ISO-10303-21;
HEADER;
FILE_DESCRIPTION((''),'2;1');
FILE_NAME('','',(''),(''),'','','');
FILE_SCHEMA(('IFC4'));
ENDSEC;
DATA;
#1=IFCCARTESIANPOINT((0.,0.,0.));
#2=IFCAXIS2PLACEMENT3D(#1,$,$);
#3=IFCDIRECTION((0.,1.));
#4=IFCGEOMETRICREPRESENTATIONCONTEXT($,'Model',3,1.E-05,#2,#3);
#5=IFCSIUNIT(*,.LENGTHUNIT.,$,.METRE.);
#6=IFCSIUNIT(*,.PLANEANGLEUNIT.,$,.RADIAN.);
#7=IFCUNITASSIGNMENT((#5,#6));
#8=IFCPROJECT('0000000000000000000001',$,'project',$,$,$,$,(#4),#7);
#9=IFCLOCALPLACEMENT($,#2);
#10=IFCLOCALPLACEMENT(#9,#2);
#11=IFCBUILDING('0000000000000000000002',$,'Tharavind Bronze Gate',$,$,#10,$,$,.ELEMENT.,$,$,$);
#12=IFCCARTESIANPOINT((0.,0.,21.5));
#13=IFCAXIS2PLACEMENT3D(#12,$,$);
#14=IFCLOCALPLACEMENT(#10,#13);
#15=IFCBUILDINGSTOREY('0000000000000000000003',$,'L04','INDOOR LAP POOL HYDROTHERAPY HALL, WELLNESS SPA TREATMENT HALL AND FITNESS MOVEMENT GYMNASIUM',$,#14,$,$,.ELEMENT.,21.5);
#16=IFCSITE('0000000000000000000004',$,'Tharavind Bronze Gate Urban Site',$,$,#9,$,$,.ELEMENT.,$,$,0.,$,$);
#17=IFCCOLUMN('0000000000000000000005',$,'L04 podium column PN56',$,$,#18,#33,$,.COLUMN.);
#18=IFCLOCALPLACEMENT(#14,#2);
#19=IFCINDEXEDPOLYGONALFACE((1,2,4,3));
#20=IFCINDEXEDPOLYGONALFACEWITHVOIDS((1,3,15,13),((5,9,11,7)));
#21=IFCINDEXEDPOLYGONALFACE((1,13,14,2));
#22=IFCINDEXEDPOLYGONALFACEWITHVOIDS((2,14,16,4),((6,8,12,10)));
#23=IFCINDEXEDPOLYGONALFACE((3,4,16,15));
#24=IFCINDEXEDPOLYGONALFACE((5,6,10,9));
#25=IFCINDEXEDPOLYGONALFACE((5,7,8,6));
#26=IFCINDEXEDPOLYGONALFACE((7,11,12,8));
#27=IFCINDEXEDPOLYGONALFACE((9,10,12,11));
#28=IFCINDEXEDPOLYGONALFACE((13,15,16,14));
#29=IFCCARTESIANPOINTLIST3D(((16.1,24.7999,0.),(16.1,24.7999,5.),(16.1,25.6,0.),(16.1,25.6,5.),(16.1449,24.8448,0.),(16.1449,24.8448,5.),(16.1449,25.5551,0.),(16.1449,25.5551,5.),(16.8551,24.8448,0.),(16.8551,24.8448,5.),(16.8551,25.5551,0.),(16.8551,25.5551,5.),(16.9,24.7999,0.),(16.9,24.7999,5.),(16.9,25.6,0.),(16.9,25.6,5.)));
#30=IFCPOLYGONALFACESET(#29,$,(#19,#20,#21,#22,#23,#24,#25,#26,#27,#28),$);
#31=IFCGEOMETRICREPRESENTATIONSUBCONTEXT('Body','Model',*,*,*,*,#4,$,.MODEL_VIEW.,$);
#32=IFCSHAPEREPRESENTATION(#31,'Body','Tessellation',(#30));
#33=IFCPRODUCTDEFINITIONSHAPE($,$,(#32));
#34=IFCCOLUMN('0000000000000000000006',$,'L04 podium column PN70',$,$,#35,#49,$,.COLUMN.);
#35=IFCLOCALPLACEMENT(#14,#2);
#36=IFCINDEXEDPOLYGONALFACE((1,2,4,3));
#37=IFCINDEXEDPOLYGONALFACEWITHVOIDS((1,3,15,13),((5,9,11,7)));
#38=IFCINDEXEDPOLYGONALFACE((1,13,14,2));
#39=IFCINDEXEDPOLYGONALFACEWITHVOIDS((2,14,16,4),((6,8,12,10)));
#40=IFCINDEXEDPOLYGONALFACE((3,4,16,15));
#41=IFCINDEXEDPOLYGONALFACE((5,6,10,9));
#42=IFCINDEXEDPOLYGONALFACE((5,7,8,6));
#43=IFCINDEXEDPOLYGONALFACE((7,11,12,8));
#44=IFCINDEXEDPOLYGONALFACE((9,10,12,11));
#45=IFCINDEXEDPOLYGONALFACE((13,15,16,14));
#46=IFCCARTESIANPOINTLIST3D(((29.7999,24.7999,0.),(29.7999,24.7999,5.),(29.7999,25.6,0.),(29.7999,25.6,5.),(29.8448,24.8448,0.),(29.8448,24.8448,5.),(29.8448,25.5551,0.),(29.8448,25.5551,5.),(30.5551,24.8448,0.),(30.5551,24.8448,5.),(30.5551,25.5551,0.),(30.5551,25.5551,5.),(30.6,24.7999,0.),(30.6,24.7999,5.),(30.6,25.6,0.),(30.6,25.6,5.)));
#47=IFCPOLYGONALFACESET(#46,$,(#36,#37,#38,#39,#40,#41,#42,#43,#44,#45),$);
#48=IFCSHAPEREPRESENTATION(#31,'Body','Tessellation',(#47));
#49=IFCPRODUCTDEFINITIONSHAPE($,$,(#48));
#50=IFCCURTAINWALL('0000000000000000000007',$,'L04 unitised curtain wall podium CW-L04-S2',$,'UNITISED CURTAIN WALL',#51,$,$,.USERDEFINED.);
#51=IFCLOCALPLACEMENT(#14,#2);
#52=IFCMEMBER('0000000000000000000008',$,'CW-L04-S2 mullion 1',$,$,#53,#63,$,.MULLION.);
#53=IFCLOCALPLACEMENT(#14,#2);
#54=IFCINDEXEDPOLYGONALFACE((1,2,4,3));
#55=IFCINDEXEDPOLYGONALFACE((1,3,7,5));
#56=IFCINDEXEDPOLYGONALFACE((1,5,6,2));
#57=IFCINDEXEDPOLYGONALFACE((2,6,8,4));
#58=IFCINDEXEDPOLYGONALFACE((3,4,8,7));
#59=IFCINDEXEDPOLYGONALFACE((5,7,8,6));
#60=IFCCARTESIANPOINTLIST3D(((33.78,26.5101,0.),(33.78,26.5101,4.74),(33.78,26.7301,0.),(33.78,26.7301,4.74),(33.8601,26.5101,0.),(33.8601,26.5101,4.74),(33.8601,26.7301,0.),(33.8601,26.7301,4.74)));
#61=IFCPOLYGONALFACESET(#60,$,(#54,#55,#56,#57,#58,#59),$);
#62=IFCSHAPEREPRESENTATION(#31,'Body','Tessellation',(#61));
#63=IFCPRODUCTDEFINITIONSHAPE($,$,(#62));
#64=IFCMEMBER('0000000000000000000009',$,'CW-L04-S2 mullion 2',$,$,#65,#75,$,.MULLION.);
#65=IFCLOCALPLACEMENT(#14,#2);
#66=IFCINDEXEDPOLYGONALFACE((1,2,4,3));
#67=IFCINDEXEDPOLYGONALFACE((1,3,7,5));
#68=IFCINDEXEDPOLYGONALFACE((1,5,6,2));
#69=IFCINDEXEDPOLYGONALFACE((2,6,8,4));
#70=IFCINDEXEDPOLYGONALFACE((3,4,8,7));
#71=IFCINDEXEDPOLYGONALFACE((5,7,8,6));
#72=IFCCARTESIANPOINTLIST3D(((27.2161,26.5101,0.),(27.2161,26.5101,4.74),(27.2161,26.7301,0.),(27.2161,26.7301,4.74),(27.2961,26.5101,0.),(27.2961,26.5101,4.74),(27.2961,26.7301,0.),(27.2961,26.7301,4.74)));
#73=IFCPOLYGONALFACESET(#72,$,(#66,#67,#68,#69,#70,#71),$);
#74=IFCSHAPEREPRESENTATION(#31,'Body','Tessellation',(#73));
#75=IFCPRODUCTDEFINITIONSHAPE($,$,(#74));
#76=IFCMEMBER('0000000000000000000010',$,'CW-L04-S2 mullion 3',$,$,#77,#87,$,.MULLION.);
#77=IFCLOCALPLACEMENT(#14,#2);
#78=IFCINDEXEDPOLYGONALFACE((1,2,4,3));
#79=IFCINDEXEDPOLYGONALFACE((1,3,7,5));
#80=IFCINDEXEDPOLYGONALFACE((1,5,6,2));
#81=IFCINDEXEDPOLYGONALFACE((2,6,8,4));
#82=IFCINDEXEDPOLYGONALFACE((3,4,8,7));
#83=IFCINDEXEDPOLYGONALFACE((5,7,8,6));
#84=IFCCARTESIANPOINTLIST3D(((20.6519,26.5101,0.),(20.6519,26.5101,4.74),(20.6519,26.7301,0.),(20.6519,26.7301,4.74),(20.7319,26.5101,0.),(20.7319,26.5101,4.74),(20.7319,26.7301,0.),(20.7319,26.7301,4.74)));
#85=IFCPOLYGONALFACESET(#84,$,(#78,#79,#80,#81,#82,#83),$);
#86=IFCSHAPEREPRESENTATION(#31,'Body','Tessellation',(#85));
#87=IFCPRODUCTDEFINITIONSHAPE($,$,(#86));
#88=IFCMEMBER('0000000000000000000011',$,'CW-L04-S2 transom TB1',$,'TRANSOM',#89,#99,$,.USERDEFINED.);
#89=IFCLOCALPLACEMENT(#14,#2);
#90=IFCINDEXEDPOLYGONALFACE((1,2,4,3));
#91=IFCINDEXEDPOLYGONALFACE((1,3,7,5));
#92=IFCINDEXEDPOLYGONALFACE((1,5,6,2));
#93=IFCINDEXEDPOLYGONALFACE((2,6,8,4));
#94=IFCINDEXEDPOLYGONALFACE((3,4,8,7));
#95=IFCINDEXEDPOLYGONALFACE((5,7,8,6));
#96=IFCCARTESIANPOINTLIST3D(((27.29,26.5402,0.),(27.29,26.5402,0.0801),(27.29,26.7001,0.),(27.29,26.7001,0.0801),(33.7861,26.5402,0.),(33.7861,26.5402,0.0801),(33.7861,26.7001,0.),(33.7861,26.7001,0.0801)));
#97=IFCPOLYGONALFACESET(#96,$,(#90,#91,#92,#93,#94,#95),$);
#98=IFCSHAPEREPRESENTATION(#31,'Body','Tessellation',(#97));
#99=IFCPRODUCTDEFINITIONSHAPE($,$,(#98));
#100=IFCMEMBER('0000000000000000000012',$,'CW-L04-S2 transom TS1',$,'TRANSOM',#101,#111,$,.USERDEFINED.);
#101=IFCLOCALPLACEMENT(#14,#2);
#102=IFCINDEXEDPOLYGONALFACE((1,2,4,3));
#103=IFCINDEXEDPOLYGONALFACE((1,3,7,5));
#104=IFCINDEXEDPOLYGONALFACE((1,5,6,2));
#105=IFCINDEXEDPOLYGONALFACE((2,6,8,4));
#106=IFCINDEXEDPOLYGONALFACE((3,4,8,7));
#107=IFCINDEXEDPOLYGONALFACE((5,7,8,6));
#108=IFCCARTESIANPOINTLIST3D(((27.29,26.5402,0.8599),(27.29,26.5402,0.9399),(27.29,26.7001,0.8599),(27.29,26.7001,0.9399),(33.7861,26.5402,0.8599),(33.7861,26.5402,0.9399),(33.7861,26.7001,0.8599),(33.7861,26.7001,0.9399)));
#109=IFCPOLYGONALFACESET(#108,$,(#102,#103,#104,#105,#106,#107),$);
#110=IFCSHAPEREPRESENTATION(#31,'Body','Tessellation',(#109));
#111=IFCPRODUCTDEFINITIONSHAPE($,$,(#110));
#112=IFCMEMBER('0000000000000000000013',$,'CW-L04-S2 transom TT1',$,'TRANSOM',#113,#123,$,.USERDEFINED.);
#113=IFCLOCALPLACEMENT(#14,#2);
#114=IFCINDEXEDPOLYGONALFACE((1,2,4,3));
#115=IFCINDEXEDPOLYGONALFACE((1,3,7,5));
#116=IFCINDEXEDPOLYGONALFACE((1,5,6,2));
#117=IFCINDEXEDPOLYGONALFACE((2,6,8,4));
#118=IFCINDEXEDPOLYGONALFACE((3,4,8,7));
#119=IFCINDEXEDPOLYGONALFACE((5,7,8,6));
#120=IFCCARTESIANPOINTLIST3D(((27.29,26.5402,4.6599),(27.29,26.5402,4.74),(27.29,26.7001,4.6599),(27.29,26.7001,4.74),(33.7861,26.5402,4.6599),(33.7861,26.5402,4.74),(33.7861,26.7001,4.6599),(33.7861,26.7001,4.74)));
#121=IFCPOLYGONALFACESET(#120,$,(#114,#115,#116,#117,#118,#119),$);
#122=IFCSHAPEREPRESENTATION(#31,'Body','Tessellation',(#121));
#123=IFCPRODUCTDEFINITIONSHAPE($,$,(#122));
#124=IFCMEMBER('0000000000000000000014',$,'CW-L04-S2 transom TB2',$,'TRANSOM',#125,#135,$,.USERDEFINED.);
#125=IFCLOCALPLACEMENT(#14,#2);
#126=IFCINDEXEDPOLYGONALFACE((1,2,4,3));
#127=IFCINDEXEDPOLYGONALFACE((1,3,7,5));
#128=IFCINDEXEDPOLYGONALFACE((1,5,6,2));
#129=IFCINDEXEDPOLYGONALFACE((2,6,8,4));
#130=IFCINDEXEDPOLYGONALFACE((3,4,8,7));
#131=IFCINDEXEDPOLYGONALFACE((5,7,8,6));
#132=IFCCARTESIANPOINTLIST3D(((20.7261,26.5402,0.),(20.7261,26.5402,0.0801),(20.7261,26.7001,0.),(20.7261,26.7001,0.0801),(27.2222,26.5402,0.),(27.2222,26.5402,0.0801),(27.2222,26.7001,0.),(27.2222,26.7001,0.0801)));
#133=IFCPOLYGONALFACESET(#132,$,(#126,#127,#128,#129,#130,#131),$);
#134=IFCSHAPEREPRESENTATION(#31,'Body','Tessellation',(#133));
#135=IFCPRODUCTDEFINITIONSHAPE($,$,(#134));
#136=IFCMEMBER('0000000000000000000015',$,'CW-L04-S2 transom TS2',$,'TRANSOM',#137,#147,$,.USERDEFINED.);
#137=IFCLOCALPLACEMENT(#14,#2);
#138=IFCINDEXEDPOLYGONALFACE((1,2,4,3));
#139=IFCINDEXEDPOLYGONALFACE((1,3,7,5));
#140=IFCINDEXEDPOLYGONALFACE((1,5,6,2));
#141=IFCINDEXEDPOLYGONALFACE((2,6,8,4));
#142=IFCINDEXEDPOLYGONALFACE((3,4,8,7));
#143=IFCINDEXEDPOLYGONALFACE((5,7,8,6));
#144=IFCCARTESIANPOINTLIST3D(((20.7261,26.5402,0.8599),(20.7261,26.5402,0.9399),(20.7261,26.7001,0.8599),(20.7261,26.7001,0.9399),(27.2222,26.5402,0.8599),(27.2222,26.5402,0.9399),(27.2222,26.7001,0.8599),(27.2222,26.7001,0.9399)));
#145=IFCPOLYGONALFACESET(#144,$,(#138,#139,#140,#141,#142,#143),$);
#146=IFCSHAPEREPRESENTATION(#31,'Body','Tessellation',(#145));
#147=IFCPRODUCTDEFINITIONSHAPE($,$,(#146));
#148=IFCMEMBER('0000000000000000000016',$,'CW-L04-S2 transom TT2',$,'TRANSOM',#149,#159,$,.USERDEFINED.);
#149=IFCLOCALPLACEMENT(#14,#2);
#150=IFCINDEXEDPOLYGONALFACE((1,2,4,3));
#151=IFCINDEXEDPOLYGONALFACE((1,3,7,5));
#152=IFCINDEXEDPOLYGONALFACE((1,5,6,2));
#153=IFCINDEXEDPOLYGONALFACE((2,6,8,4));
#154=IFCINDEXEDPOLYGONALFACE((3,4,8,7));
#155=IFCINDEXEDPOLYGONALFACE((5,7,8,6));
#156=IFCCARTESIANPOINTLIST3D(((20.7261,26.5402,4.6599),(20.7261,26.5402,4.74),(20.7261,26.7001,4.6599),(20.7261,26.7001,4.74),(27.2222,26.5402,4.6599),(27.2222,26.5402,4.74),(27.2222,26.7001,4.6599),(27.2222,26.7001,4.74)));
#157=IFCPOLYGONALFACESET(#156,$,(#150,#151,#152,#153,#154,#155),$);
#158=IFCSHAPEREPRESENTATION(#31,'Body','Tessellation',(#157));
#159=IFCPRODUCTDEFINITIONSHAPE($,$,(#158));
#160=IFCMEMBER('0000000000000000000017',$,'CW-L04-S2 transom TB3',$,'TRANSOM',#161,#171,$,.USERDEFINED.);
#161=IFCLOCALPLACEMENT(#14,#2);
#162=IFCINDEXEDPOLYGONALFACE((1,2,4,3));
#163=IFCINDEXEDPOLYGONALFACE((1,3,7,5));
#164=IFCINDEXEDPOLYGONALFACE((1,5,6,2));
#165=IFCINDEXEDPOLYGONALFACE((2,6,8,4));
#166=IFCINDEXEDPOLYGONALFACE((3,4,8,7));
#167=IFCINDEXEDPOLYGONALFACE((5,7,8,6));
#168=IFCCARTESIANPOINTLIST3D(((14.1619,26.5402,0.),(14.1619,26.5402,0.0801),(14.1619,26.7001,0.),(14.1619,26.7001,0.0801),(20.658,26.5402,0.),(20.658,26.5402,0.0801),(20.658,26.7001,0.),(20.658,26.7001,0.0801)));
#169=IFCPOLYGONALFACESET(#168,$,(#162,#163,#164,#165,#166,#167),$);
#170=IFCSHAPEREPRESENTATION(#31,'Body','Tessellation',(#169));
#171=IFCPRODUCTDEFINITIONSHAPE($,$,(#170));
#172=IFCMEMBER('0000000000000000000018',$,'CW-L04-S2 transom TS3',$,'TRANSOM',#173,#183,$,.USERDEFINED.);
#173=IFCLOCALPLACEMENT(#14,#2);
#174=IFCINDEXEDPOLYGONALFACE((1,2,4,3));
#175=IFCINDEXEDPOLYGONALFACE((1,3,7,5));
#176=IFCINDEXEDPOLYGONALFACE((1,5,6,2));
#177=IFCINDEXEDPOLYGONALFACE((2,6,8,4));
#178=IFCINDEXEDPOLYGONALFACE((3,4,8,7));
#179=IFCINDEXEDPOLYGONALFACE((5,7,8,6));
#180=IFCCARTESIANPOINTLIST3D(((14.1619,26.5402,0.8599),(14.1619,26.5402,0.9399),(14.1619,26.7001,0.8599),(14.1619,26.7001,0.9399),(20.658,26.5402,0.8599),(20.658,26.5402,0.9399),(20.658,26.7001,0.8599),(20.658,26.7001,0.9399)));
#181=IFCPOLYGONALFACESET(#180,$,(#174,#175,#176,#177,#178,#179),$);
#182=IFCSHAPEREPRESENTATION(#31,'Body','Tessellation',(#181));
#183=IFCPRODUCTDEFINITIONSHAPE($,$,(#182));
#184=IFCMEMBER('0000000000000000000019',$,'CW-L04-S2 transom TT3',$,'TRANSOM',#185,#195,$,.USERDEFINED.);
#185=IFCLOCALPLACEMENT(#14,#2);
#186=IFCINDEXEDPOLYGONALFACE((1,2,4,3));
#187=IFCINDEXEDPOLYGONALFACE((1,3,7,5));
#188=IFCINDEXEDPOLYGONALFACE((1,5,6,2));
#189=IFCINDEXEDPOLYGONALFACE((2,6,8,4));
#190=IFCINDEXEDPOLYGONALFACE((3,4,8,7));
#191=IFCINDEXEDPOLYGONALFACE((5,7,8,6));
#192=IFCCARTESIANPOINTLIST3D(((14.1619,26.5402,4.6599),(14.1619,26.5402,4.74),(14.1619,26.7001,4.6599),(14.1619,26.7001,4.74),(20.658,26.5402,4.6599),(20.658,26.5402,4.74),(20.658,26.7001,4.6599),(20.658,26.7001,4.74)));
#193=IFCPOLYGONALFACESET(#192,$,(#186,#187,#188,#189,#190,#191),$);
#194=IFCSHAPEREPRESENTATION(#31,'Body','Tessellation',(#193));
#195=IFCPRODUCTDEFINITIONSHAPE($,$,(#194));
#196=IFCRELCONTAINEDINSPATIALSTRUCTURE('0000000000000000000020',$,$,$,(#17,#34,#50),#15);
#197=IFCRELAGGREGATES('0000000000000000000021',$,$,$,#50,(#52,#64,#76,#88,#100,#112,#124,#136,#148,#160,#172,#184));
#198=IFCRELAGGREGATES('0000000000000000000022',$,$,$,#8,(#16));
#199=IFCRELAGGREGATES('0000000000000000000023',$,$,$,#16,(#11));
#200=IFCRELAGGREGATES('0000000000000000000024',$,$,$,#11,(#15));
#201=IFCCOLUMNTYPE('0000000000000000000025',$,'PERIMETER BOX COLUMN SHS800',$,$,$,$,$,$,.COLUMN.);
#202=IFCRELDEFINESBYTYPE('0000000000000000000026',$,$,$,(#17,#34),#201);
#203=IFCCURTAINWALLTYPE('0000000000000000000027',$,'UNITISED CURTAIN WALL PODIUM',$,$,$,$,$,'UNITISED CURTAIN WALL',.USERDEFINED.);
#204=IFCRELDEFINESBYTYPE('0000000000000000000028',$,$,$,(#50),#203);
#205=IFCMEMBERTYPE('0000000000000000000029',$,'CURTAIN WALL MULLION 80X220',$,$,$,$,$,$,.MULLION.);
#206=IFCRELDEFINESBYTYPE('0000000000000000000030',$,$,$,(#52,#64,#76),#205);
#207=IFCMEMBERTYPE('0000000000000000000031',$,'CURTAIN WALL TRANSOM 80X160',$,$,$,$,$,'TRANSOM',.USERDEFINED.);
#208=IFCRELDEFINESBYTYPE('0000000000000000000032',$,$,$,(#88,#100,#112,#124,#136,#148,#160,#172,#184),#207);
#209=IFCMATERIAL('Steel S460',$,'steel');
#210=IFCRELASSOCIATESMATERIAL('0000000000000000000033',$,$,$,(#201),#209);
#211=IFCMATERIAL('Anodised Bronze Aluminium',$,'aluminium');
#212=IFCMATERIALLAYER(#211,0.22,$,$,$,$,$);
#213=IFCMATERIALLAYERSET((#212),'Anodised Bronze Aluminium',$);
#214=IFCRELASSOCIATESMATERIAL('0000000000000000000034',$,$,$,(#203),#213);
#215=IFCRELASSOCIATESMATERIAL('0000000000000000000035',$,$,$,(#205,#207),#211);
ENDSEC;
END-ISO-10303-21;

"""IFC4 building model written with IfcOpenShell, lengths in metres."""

from ifc_helpers import new_model, si_unit, direction, frame, origin, origin_2d, place, context, subcontext, project, spatial, rectangle, hollow_rectangle, extrude, material, layer, layer_set, material_profile, profile_set, type_object, element, aggregate, save


model = new_model("IFC4")

# Units and contexts
model_context = context("Model", 3, precision=1e-05, world=origin(), true_north=direction((0.0, 1.0)))
body_context = subcontext(model_context, "Body", "Model", "MODEL_VIEW")
ifc_project = project(units=[si_unit("LENGTHUNIT", "METRE"), si_unit("PLANEANGLEUNIT", "RADIAN")], contexts=[model_context])

# Site, building, storey
site_placement = place(None, origin())
site = spatial("IfcSite", under=ifc_project, at=site_placement, Name="Tharavind Bronze Gate Urban Site", CompositionType="ELEMENT", RefElevation=0.0)
building_placement = place(site_placement, origin())
building = spatial("IfcBuilding", under=site, at=building_placement, Name="Tharavind Bronze Gate", CompositionType="ELEMENT")
storey_placement = place(building_placement, frame((0.0, 0.0, 21.5)))
storey = spatial("IfcBuildingStorey", under=building, at=storey_placement, Name="L04", Description="INDOOR LAP POOL HYDROTHERAPY HALL, WELLNESS SPA TREATMENT HALL AND FITNESS MOVEMENT GYMNASIUM", CompositionType="ELEMENT", Elevation=21.5)

# Columns
ifc_material_1 = material(Name="Steel S460", Category="steel")
ifc_material_profile_1 = material_profile(ifc_material_1, hollow_rectangle(XDim=0.8, YDim=0.8, WallThickness=0.0449, at=origin_2d()), Name="SHS800X45")
ifc_profile_set_1 = profile_set([ifc_material_profile_1], Name="Steel S460")
column_type = type_object("IfcColumnType", Name="PERIMETER BOX COLUMN SHS800", PredefinedType="COLUMN", material=ifc_profile_set_1)
for number, where, z_axis, x_axis, name in (
    (1, (16.5, 25.2, 0.0), (0.0, 0.0, 1.0), (1.0, 0.0, 0.0), "L04 podium column PN56"),
    (2, (30.2, 25.2, 0.0), (0.0, 0.0, 1.0), (1.0, 0.0, 0.0), "L04 podium column PN70"),
):
    element("IfcColumn", number, at=place(storey_placement, frame(where, z_axis=z_axis, x_axis=x_axis)), inside=storey, type_object=column_type, Name=name, PredefinedType="COLUMN", context=body_context, shape_type="SweptSolid", body=[
        extrude(hollow_rectangle(XDim=0.8, YDim=0.8, WallThickness=0.0449, at=origin_2d()), origin(), (0.0, 0.0, 1.0), 5.0),
    ])

# Curtain wall, members
ifc_material_2 = material(Name="Anodised Bronze Aluminium", Category="aluminium")
ifc_layer_1 = layer(ifc_material_2, 0.22)
ifc_layer_set_1 = layer_set([ifc_layer_1], Name="Anodised Bronze Aluminium")
curtain_wall_type = type_object("IfcCurtainWallType", Name="UNITISED CURTAIN WALL PODIUM", ElementType="UNITISED CURTAIN WALL", PredefinedType="USERDEFINED", material=ifc_layer_set_1)
curtain_wall_placement = place(storey_placement, origin())
curtain_wall = element("IfcCurtainWall", 3, at=curtain_wall_placement, inside=storey, type_object=curtain_wall_type, Name="L04 unitised curtain wall podium CW-L04-S2", ObjectType="UNITISED CURTAIN WALL", PredefinedType="USERDEFINED")
member_type_1 = type_object("IfcMemberType", Name="CURTAIN WALL MULLION 80X220", PredefinedType="MULLION", material=ifc_material_2)
member_1_placement = place(storey_placement, frame((33.8201, 26.6201, 0.0), z_axis=(0.0, 0.0, 1.0), x_axis=(-1.0, 0.0, 0.0)))
member_1 = element("IfcMember", 4, at=member_1_placement, type_object=member_type_1, Name="CW-L04-S2 mullion 1", PredefinedType="MULLION", context=body_context, shape_type="SweptSolid", body=[
    extrude(rectangle(XDim=0.0801, YDim=0.22, at=origin_2d()), origin(), (0.0, 0.0, 1.0), 4.74),
])
member_2_placement = place(storey_placement, frame((27.2561, 26.6201, 0.0), z_axis=(0.0, 0.0, 1.0), x_axis=(-1.0, 0.0, 0.0)))
member_2 = element("IfcMember", 5, at=member_2_placement, type_object=member_type_1, Name="CW-L04-S2 mullion 2", PredefinedType="MULLION", context=body_context, shape_type="SweptSolid", body=[
    extrude(rectangle(XDim=0.0801, YDim=0.22, at=origin_2d()), origin(), (0.0, 0.0, 1.0), 4.74),
])
member_3_placement = place(storey_placement, frame((20.6919, 26.6201, 0.0), z_axis=(0.0, 0.0, 1.0), x_axis=(-1.0, 0.0, 0.0)))
member_3 = element("IfcMember", 6, at=member_3_placement, type_object=member_type_1, Name="CW-L04-S2 mullion 3", PredefinedType="MULLION", context=body_context, shape_type="SweptSolid", body=[
    extrude(rectangle(XDim=0.0801, YDim=0.22, at=origin_2d()), origin(), (0.0, 0.0, 1.0), 4.74),
])
member_type_2 = type_object("IfcMemberType", Name="CURTAIN WALL TRANSOM 80X160", ElementType="TRANSOM", PredefinedType="USERDEFINED", material=ifc_material_2)
member_4_placement = place(storey_placement, frame((30.5381, 26.6201, 0.0), z_axis=(0.0, 0.0, 1.0), x_axis=(-1.0, 0.0, 0.0)))
member_4 = element("IfcMember", 7, at=member_4_placement, type_object=member_type_2, Name="CW-L04-S2 transom TB1", ObjectType="TRANSOM", PredefinedType="USERDEFINED", context=body_context, shape_type="SweptSolid", body=[
    extrude(rectangle(XDim=6.4961, YDim=0.1599, at=origin_2d()), origin(), (0.0, 0.0, 1.0), 0.0801),
])
member_5_placement = place(storey_placement, frame((30.5381, 26.6201, 0.8599), z_axis=(0.0, 0.0, 1.0), x_axis=(-1.0, 0.0, 0.0)))
member_5 = element("IfcMember", 8, at=member_5_placement, type_object=member_type_2, Name="CW-L04-S2 transom TS1", ObjectType="TRANSOM", PredefinedType="USERDEFINED", context=body_context, shape_type="SweptSolid", body=[
    extrude(rectangle(XDim=6.4961, YDim=0.1599, at=origin_2d()), origin(), (0.0, 0.0, 1.0), 0.0801),
])
member_6_placement = place(storey_placement, frame((30.5381, 26.6201, 4.6599), z_axis=(0.0, 0.0, 1.0), x_axis=(-1.0, 0.0, 0.0)))
member_6 = element("IfcMember", 9, at=member_6_placement, type_object=member_type_2, Name="CW-L04-S2 transom TT1", ObjectType="TRANSOM", PredefinedType="USERDEFINED", context=body_context, shape_type="SweptSolid", body=[
    extrude(rectangle(XDim=6.4961, YDim=0.1599, at=origin_2d()), origin(), (0.0, 0.0, 1.0), 0.0801),
])
member_7_placement = place(storey_placement, frame((23.9741, 26.6201, 0.0), z_axis=(0.0, 0.0, 1.0), x_axis=(-1.0, 0.0, 0.0)))
member_7 = element("IfcMember", 10, at=member_7_placement, type_object=member_type_2, Name="CW-L04-S2 transom TB2", ObjectType="TRANSOM", PredefinedType="USERDEFINED", context=body_context, shape_type="SweptSolid", body=[
    extrude(rectangle(XDim=6.4961, YDim=0.1599, at=origin_2d()), origin(), (0.0, 0.0, 1.0), 0.0801),
])
member_8_placement = place(storey_placement, frame((23.9741, 26.6201, 0.8599), z_axis=(0.0, 0.0, 1.0), x_axis=(-1.0, 0.0, 0.0)))
member_8 = element("IfcMember", 11, at=member_8_placement, type_object=member_type_2, Name="CW-L04-S2 transom TS2", ObjectType="TRANSOM", PredefinedType="USERDEFINED", context=body_context, shape_type="SweptSolid", body=[
    extrude(rectangle(XDim=6.4961, YDim=0.1599, at=origin_2d()), origin(), (0.0, 0.0, 1.0), 0.0801),
])
member_9_placement = place(storey_placement, frame((23.9741, 26.6201, 4.6599), z_axis=(0.0, 0.0, 1.0), x_axis=(-1.0, 0.0, 0.0)))
member_9 = element("IfcMember", 12, at=member_9_placement, type_object=member_type_2, Name="CW-L04-S2 transom TT2", ObjectType="TRANSOM", PredefinedType="USERDEFINED", context=body_context, shape_type="SweptSolid", body=[
    extrude(rectangle(XDim=6.4961, YDim=0.1599, at=origin_2d()), origin(), (0.0, 0.0, 1.0), 0.0801),
])
member_10_placement = place(storey_placement, frame((17.4099, 26.6201, 0.0), z_axis=(0.0, 0.0, 1.0), x_axis=(-1.0, 0.0, 0.0)))
member_10 = element("IfcMember", 13, at=member_10_placement, type_object=member_type_2, Name="CW-L04-S2 transom TB3", ObjectType="TRANSOM", PredefinedType="USERDEFINED", context=body_context, shape_type="SweptSolid", body=[
    extrude(rectangle(XDim=6.4961, YDim=0.1599, at=origin_2d()), origin(), (0.0, 0.0, 1.0), 0.0801),
])
member_11_placement = place(storey_placement, frame((17.4099, 26.6201, 0.8599), z_axis=(0.0, 0.0, 1.0), x_axis=(-1.0, 0.0, 0.0)))
member_11 = element("IfcMember", 14, at=member_11_placement, type_object=member_type_2, Name="CW-L04-S2 transom TS3", ObjectType="TRANSOM", PredefinedType="USERDEFINED", context=body_context, shape_type="SweptSolid", body=[
    extrude(rectangle(XDim=6.4961, YDim=0.1599, at=origin_2d()), origin(), (0.0, 0.0, 1.0), 0.0801),
])
member_12_placement = place(storey_placement, frame((17.4099, 26.6201, 4.6599), z_axis=(0.0, 0.0, 1.0), x_axis=(-1.0, 0.0, 0.0)))
member_12 = element("IfcMember", 15, at=member_12_placement, type_object=member_type_2, Name="CW-L04-S2 transom TT3", ObjectType="TRANSOM", PredefinedType="USERDEFINED", context=body_context, shape_type="SweptSolid", body=[
    extrude(rectangle(XDim=6.4961, YDim=0.1599, at=origin_2d()), origin(), (0.0, 0.0, 1.0), 0.0801),
])

aggregate(curtain_wall, [member_1, member_2, member_3, member_4, member_5, member_6, member_7, member_8, member_9, member_10, member_11, member_12])

save(model, "model.ifc")
